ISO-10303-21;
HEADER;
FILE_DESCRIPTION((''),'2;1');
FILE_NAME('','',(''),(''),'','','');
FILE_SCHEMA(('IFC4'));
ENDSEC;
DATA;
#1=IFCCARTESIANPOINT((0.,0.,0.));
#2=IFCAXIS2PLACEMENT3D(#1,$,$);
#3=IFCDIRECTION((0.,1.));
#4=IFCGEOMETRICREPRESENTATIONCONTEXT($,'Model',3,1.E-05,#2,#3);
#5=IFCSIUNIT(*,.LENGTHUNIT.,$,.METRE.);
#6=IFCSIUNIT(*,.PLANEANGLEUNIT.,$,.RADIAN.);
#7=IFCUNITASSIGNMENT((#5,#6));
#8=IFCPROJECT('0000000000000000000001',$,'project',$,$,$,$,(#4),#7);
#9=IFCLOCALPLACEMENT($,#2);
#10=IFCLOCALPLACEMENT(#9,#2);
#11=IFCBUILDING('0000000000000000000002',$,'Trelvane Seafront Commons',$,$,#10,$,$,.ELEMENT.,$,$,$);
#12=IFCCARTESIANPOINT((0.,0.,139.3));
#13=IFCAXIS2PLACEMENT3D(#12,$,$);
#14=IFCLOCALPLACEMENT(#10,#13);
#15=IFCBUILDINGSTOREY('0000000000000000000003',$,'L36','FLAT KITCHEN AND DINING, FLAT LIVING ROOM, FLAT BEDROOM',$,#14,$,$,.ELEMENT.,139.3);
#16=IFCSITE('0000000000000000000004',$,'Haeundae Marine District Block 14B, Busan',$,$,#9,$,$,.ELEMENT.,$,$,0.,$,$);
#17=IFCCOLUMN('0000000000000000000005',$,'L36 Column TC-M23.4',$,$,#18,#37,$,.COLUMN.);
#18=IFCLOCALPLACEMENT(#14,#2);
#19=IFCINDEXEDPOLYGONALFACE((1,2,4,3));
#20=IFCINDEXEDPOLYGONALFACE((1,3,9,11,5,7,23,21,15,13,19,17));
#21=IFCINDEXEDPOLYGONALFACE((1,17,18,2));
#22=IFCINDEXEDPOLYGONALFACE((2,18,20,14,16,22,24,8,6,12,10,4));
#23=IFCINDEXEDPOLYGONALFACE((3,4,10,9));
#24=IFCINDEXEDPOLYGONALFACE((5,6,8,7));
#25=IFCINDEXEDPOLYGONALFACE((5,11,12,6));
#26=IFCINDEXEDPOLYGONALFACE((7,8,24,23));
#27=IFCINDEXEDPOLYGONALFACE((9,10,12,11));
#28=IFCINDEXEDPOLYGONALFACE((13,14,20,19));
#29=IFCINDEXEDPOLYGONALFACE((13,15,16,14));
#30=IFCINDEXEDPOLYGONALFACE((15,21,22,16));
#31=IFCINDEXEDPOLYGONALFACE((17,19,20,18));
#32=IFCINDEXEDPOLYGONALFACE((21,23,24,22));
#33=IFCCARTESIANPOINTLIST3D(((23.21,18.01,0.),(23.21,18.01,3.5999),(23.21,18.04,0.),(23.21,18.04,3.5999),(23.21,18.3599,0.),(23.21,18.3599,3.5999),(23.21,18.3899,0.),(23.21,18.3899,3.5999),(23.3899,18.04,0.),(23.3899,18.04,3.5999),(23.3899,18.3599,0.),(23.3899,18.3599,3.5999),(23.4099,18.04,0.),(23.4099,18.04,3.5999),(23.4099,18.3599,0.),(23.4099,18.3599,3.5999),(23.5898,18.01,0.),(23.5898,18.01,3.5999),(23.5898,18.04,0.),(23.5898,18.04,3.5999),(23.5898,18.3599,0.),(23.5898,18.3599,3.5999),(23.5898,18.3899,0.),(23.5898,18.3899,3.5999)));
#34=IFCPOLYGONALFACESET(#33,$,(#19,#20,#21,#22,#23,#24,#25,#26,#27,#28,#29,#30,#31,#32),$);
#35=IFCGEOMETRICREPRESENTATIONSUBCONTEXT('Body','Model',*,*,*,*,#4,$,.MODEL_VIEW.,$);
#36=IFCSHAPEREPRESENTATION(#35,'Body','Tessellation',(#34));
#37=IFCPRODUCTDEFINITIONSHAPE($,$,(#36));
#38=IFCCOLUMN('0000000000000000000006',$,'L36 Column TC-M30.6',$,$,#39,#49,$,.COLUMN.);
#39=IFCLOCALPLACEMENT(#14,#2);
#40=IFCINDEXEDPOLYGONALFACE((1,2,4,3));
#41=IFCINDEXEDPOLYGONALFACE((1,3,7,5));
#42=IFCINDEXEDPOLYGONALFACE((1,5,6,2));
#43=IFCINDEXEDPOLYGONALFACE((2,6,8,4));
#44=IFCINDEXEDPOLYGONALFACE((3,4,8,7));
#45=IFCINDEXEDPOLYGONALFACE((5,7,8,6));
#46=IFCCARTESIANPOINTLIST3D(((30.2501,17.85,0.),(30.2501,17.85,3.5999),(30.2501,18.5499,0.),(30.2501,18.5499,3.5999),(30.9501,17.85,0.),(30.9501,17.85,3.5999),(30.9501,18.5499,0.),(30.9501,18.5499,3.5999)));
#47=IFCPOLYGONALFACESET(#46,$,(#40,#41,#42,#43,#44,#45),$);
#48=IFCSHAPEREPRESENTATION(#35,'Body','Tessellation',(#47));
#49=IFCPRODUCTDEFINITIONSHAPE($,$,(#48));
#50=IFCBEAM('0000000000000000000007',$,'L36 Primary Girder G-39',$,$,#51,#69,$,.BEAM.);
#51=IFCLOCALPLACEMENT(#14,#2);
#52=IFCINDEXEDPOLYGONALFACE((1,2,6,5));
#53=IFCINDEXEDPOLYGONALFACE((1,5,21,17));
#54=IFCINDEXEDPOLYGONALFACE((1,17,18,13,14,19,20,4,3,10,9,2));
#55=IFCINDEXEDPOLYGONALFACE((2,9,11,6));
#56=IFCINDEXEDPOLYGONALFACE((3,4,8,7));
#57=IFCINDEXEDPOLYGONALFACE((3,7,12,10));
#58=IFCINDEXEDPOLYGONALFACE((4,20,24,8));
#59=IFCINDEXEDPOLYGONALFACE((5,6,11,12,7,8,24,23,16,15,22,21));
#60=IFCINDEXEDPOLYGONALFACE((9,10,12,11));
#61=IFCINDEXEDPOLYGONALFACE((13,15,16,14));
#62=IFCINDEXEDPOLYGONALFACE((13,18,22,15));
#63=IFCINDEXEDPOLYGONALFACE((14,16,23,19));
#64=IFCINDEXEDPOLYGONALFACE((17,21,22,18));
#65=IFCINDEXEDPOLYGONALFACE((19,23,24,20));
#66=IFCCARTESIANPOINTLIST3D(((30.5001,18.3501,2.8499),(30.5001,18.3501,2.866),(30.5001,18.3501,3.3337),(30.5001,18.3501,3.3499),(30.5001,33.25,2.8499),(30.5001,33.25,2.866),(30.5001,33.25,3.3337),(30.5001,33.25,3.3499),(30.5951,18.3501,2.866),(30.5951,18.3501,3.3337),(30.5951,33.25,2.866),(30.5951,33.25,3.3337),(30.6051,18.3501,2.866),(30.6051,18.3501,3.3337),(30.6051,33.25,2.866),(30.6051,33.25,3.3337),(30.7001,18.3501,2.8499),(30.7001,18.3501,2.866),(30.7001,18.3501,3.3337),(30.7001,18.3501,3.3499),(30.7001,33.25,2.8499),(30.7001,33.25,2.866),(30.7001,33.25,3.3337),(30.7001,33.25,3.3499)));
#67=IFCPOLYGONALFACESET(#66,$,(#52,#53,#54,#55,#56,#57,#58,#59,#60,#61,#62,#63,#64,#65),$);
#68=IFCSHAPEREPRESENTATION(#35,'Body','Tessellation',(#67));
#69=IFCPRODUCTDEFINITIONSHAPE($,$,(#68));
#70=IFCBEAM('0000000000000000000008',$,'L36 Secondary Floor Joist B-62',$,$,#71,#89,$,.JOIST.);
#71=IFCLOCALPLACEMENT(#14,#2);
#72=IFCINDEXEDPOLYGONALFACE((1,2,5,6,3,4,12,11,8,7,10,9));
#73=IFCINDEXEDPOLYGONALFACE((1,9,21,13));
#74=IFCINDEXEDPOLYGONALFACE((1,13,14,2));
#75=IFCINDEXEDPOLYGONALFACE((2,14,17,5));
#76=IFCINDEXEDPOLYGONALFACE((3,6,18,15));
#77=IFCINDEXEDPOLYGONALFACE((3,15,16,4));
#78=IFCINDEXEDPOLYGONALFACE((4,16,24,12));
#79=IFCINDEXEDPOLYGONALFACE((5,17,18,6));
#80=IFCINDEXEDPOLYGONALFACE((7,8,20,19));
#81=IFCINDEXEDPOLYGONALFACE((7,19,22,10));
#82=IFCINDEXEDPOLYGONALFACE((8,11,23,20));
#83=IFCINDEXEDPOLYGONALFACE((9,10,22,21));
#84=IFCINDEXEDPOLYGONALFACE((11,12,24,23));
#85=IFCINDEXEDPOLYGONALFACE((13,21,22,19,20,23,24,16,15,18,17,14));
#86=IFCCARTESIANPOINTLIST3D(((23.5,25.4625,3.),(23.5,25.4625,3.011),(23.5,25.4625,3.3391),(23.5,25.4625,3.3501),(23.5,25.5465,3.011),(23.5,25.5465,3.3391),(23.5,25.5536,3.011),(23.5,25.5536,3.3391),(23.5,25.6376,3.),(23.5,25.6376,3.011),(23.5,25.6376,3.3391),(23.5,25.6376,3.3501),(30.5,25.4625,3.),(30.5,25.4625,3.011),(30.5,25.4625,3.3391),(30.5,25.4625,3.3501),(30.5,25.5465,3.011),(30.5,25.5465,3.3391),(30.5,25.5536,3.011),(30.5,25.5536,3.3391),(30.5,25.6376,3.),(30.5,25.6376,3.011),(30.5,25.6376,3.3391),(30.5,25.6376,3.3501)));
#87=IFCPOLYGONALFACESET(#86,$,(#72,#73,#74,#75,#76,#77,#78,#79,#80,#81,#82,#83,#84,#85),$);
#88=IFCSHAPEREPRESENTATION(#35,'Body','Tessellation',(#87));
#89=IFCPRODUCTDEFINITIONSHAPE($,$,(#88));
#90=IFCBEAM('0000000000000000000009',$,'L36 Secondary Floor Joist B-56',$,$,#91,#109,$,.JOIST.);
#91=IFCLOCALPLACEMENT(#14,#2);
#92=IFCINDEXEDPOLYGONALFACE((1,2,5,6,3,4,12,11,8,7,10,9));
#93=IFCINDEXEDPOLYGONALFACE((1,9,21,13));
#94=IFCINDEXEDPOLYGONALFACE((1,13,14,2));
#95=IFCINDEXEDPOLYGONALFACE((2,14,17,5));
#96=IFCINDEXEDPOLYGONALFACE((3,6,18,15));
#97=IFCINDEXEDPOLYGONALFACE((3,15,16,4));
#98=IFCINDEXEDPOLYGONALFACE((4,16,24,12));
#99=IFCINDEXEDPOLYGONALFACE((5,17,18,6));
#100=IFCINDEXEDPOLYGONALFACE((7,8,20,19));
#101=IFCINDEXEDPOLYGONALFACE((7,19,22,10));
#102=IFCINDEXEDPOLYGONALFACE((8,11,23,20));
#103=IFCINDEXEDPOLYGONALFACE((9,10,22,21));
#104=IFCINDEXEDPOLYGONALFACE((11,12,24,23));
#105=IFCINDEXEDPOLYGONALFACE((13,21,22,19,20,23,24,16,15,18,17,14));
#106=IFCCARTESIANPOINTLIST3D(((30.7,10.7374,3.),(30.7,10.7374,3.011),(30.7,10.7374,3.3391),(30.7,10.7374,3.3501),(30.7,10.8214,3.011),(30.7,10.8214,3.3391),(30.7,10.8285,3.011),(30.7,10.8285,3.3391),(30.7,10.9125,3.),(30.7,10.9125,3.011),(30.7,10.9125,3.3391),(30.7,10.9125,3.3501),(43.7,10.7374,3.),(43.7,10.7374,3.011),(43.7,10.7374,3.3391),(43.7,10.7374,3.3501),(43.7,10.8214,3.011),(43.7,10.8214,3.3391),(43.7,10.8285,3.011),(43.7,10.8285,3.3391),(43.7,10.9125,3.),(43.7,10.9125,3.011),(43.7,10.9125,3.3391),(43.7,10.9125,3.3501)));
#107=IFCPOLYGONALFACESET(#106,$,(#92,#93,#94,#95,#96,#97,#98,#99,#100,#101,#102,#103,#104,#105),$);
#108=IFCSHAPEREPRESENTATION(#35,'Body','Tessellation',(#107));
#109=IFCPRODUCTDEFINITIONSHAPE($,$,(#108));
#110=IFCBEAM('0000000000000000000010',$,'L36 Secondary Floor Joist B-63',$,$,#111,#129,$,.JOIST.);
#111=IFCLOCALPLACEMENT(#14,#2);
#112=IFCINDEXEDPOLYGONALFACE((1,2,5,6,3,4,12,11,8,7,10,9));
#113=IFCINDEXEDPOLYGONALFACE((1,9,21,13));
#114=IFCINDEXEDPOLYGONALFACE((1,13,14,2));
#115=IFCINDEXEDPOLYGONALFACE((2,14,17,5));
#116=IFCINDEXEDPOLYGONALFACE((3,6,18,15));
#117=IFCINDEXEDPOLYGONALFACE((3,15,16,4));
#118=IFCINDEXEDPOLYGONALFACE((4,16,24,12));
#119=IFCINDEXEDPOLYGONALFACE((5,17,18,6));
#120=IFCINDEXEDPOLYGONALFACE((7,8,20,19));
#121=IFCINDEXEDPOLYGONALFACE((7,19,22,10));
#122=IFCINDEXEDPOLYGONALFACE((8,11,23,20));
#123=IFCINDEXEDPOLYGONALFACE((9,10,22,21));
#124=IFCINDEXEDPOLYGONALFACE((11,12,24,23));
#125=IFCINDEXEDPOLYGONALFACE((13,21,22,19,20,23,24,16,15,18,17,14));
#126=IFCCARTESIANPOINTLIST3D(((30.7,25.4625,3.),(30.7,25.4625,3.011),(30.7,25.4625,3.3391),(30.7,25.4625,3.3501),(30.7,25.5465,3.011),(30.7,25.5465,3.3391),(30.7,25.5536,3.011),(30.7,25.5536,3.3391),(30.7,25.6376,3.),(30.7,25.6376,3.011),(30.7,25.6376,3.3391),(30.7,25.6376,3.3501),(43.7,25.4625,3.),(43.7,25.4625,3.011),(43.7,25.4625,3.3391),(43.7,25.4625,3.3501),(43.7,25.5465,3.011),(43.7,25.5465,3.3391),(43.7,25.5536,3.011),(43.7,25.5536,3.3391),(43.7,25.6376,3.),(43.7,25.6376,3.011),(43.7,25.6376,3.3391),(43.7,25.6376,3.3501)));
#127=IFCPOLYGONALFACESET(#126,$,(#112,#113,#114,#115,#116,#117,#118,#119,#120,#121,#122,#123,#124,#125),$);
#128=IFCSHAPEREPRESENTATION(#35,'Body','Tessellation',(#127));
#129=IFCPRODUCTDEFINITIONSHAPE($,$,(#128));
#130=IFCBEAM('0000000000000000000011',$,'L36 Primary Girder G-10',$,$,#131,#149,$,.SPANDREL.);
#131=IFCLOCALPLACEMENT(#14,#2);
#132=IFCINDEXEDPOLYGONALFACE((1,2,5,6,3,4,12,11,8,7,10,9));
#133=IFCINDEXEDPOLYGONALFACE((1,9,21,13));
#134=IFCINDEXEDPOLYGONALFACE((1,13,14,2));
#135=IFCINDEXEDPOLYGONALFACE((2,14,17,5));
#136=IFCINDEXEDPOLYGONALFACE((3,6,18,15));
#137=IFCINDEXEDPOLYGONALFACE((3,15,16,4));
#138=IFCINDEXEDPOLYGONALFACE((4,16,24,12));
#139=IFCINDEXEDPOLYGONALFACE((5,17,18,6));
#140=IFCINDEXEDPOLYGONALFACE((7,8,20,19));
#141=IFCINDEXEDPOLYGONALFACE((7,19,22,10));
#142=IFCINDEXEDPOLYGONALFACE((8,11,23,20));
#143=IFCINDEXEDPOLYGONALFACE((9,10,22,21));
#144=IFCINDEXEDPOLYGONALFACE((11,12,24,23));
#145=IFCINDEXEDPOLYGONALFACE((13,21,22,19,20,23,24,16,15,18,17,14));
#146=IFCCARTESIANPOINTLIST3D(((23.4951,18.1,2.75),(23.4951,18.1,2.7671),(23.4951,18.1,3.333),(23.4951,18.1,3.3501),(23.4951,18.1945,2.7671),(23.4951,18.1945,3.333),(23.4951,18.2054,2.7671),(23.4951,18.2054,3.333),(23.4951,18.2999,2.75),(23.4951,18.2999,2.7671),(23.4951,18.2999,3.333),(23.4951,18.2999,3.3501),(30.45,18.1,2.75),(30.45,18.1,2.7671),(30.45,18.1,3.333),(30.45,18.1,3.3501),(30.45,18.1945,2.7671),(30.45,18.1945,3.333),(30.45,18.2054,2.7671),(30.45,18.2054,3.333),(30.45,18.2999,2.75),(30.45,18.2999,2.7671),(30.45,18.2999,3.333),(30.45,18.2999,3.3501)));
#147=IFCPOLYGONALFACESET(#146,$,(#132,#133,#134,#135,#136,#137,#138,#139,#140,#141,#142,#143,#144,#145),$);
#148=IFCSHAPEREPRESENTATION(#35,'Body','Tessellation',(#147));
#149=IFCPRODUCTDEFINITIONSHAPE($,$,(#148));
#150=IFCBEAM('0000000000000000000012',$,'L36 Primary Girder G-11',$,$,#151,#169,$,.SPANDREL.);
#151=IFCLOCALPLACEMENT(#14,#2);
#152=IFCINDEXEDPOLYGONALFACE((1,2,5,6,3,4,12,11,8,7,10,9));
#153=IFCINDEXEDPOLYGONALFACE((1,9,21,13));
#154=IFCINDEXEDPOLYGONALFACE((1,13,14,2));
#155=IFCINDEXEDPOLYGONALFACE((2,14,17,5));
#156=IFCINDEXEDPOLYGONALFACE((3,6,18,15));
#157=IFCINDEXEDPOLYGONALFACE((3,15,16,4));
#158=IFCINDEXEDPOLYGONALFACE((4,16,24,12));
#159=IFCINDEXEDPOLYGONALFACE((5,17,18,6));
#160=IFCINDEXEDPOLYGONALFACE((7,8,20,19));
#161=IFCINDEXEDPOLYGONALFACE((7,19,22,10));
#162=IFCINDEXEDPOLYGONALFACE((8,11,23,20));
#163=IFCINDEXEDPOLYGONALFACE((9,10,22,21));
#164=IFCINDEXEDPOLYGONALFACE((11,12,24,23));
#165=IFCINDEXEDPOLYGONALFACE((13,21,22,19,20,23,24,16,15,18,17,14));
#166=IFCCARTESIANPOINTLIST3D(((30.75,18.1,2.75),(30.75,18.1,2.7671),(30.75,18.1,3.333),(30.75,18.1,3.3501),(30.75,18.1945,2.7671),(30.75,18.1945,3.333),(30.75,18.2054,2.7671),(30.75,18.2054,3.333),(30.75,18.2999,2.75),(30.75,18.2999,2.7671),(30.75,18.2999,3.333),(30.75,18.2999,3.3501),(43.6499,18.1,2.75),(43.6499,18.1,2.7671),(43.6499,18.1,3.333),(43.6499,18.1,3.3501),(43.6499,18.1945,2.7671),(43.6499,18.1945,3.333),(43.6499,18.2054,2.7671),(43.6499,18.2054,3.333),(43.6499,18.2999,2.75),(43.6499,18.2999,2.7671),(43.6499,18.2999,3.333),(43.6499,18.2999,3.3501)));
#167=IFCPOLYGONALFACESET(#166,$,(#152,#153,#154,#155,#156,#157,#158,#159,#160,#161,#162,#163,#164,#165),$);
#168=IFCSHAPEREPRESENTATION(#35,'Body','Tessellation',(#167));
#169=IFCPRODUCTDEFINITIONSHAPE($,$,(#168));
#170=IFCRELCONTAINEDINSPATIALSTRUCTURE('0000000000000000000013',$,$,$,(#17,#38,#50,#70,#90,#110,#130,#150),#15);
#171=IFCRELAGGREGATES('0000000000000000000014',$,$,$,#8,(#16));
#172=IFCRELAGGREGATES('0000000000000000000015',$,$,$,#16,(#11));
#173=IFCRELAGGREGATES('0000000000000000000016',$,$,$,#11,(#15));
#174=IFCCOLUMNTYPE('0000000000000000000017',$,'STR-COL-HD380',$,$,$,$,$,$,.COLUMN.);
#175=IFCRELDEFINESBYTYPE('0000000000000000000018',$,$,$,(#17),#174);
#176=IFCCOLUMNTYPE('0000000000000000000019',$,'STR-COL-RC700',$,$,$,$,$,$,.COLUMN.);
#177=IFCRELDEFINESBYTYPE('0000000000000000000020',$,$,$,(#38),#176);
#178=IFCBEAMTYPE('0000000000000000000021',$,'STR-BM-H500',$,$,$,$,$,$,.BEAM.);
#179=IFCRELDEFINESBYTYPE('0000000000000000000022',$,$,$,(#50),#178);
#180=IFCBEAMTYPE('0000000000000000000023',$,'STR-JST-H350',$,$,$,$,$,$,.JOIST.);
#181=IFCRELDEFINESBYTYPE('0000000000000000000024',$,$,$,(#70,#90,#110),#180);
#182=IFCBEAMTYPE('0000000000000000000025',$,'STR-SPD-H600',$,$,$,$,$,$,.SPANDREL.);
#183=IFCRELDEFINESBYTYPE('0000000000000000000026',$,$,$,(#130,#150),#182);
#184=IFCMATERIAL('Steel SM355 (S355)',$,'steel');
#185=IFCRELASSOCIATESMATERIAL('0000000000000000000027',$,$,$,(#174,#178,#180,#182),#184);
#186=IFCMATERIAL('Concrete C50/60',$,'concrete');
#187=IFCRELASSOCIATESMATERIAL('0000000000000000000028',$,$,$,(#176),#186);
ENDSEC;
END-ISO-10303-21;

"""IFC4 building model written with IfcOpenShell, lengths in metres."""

from ifc_helpers import new_model, si_unit, direction, frame, origin, origin_2d, place, context, subcontext, project, spatial, rectangle, i_section, extrude, source, transform, mapped, material, material_profile, profile_set, type_object, element, save


model = new_model("IFC4")

# Units and contexts
model_context = context("Model", 3, precision=1e-05, world=origin(), true_north=direction((0.0, 1.0)))
body_context = subcontext(model_context, "Body", "Model", "MODEL_VIEW")
ifc_project = project(units=[si_unit("LENGTHUNIT", "METRE"), si_unit("PLANEANGLEUNIT", "RADIAN")], contexts=[model_context])

# Site, building, storey
site_placement = place(None, origin())
site = spatial("IfcSite", under=ifc_project, at=site_placement, Name="Haeundae Marine District Block 14B, Busan", CompositionType="ELEMENT", RefElevation=0.0)
building_placement = place(site_placement, origin())
building = spatial("IfcBuilding", under=site, at=building_placement, Name="Trelvane Seafront Commons", CompositionType="ELEMENT")
storey_placement = place(building_placement, frame((0.0, 0.0, 139.3)))
storey = spatial("IfcBuildingStorey", under=building, at=storey_placement, Name="L36", Description="FLAT KITCHEN AND DINING, FLAT LIVING ROOM, FLAT BEDROOM", CompositionType="ELEMENT", Elevation=139.3)

# Columns
ifc_material_1 = material(Name="Steel SM355 (S355)", Category="steel")
ifc_material_profile_1 = material_profile(ifc_material_1, i_section(OverallWidth=0.3799, OverallDepth=0.3799, WebThickness=0.02, FlangeThickness=0.03, at=origin_2d()), Name="HD-380x380x20x30")
ifc_profile_set_1 = profile_set([ifc_material_profile_1], Name="Steel SM355 (S355)")
column_type_1 = type_object("IfcColumnType", Name="STR-COL-HD380", PredefinedType="COLUMN", material=ifc_profile_set_1)
shared_shape_1 = source(origin(), body_context, "Body", "SweptSolid", [
    extrude(i_section(OverallWidth=0.3799, OverallDepth=0.3799, WebThickness=0.02, FlangeThickness=0.03, at=origin_2d()), origin(), (0.0, 0.0, 1.0), 3.5999),
])
column_1_placement = place(storey_placement, frame((23.3999, 18.2, 0.0), z_axis=(0.0, 0.0, 1.0), x_axis=(1.0, 0.0, 0.0)))
element("IfcColumn", 1, at=column_1_placement, inside=storey, type_object=column_type_1, Name="L36 Column TC-M23.4", PredefinedType="COLUMN", context=body_context, shape_type="MappedRepresentation", body=[
    mapped(shared_shape_1, transform((0.0, 0.0, 0.0), x_axis=(1.0, 0.0, 0.0), y_axis=(0.0, 1.0, 0.0), z_axis=(0.0, 0.0, 1.0), scale=1.0)),
])
ifc_material_2 = material(Name="Concrete C50/60", Category="concrete")
ifc_material_profile_2 = material_profile(ifc_material_2, rectangle(XDim=0.7, YDim=0.7, at=origin_2d()), Name="RC-700x700")
ifc_profile_set_2 = profile_set([ifc_material_profile_2], Name="Concrete C50/60")
column_type_2 = type_object("IfcColumnType", Name="STR-COL-RC700", PredefinedType="COLUMN", material=ifc_profile_set_2)
shared_shape_2 = source(origin(), body_context, "Body", "SweptSolid", [
    extrude(rectangle(XDim=0.7, YDim=0.7, at=origin_2d()), origin(), (0.0, 0.0, 1.0), 3.5999),
])
column_2_placement = place(storey_placement, frame((30.6001, 18.2, 0.0), z_axis=(0.0, 0.0, 1.0), x_axis=(1.0, 0.0, 0.0)))
element("IfcColumn", 2, at=column_2_placement, inside=storey, type_object=column_type_2, Name="L36 Column TC-M30.6", PredefinedType="COLUMN", context=body_context, shape_type="MappedRepresentation", body=[
    mapped(shared_shape_2, transform((0.0, 0.0, 0.0), x_axis=(1.0, 0.0, 0.0), y_axis=(0.0, 1.0, 0.0), z_axis=(0.0, 0.0, 1.0), scale=1.0)),
])

# Beams
ifc_material_profile_3 = material_profile(ifc_material_1, i_section(OverallWidth=0.2, OverallDepth=0.5, WebThickness=0.01, FlangeThickness=0.0161, at=origin_2d()), Name="H-500x200x10x16")
ifc_profile_set_3 = profile_set([ifc_material_profile_3], Name="Steel SM355 (S355)")
beam_type_1 = type_object("IfcBeamType", Name="STR-BM-H500", PredefinedType="BEAM", material=ifc_profile_set_3)
shared_shape_3 = source(origin(), body_context, "Body", "SweptSolid", [
    extrude(i_section(OverallWidth=0.2, OverallDepth=0.5, WebThickness=0.01, FlangeThickness=0.0161, at=origin_2d()), origin(), (0.0, 0.0, 1.0), 14.8999),
])
beam_1_placement = place(storey_placement, frame((30.6001, 18.3501, 3.0999), z_axis=(0.0, 1.0, 0.0), x_axis=(-1.0, 0.0, 0.0)))
element("IfcBeam", 3, at=beam_1_placement, inside=storey, type_object=beam_type_1, Name="L36 Primary Girder G-39", PredefinedType="BEAM", context=body_context, shape_type="MappedRepresentation", body=[
    mapped(shared_shape_3, transform((0.0, 0.0, 0.0), x_axis=(1.0, 0.0, 0.0), y_axis=(0.0, 1.0, 0.0), z_axis=(0.0, 0.0, 1.0), scale=1.0)),
])
ifc_material_profile_4 = material_profile(ifc_material_1, i_section(OverallWidth=0.175, OverallDepth=0.3501, WebThickness=0.0071, FlangeThickness=0.011, at=origin_2d()), Name="H-350x175x7x11")
ifc_profile_set_4 = profile_set([ifc_material_profile_4], Name="Steel SM355 (S355)")
beam_type_2 = type_object("IfcBeamType", Name="STR-JST-H350", PredefinedType="JOIST", material=ifc_profile_set_4)
shared_shape_4 = source(origin(), body_context, "Body", "SweptSolid", [
    extrude(i_section(OverallWidth=0.175, OverallDepth=0.3501, WebThickness=0.0071, FlangeThickness=0.011, at=origin_2d()), origin(), (0.0, 0.0, 1.0), 7.0),
])
beam_2_placement = place(storey_placement, frame((23.5, 25.55, 3.175), z_axis=(1.0, 0.0, 0.0), x_axis=(0.0, 1.0, 0.0)))
element("IfcBeam", 4, at=beam_2_placement, inside=storey, type_object=beam_type_2, Name="L36 Secondary Floor Joist B-62", PredefinedType="JOIST", context=body_context, shape_type="MappedRepresentation", body=[
    mapped(shared_shape_4, transform((0.0, 0.0, 0.0), x_axis=(1.0, 0.0, 0.0), y_axis=(0.0, 1.0, 0.0), z_axis=(0.0, 0.0, 1.0), scale=1.0)),
])
shared_shape_5 = source(origin(), body_context, "Body", "SweptSolid", [
    extrude(i_section(OverallWidth=0.175, OverallDepth=0.3501, WebThickness=0.0071, FlangeThickness=0.011, at=origin_2d()), origin(), (0.0, 0.0, 1.0), 13.0),
])
for number, where, z_axis, x_axis, name in (
    (5, (30.7, 10.825, 3.175), (1.0, 0.0, 0.0), (0.0, 1.0, 0.0), "L36 Secondary Floor Joist B-56"),
    (6, (30.7, 25.55, 3.175), (1.0, 0.0, 0.0), (0.0, 1.0, 0.0), "L36 Secondary Floor Joist B-63"),
):
    element("IfcBeam", number, at=place(storey_placement, frame(where, z_axis=z_axis, x_axis=x_axis)), inside=storey, type_object=beam_type_2, Name=name, PredefinedType="JOIST", context=body_context, shape_type="MappedRepresentation", body=[
        mapped(shared_shape_5, transform((0.0, 0.0, 0.0), x_axis=(1.0, 0.0, 0.0), y_axis=(0.0, 1.0, 0.0), z_axis=(0.0, 0.0, 1.0), scale=1.0)),
    ])
ifc_material_profile_5 = material_profile(ifc_material_1, i_section(OverallWidth=0.2, OverallDepth=0.6001, WebThickness=0.011, FlangeThickness=0.0171, at=origin_2d()), Name="H-600x200x11x17")
ifc_profile_set_5 = profile_set([ifc_material_profile_5], Name="Steel SM355 (S355)")
beam_type_3 = type_object("IfcBeamType", Name="STR-SPD-H600", PredefinedType="SPANDREL", material=ifc_profile_set_5)
shared_shape_6 = source(origin(), body_context, "Body", "SweptSolid", [
    extrude(i_section(OverallWidth=0.2, OverallDepth=0.6001, WebThickness=0.011, FlangeThickness=0.0171, at=origin_2d()), origin(), (0.0, 0.0, 1.0), 6.9548),
])
beam_3_placement = place(storey_placement, frame((23.4951, 18.2, 3.05), z_axis=(1.0, 0.0, 0.0), x_axis=(0.0, 1.0, 0.0)))
element("IfcBeam", 7, at=beam_3_placement, inside=storey, type_object=beam_type_3, Name="L36 Primary Girder G-10", PredefinedType="SPANDREL", context=body_context, shape_type="MappedRepresentation", body=[
    mapped(shared_shape_6, transform((0.0, 0.0, 0.0), x_axis=(1.0, 0.0, 0.0), y_axis=(0.0, 1.0, 0.0), z_axis=(0.0, 0.0, 1.0), scale=1.0)),
])
shared_shape_7 = source(origin(), body_context, "Body", "SweptSolid", [
    extrude(i_section(OverallWidth=0.2, OverallDepth=0.6001, WebThickness=0.011, FlangeThickness=0.0171, at=origin_2d()), origin(), (0.0, 0.0, 1.0), 12.8999),
])
beam_4_placement = place(storey_placement, frame((30.75, 18.2, 3.05), z_axis=(1.0, 0.0, 0.0), x_axis=(0.0, 1.0, 0.0)))
element("IfcBeam", 8, at=beam_4_placement, inside=storey, type_object=beam_type_3, Name="L36 Primary Girder G-11", PredefinedType="SPANDREL", context=body_context, shape_type="MappedRepresentation", body=[
    mapped(shared_shape_7, transform((0.0, 0.0, 0.0), x_axis=(1.0, 0.0, 0.0), y_axis=(0.0, 1.0, 0.0), z_axis=(0.0, 0.0, 1.0), scale=1.0)),
])

save(model, "model.ifc")
